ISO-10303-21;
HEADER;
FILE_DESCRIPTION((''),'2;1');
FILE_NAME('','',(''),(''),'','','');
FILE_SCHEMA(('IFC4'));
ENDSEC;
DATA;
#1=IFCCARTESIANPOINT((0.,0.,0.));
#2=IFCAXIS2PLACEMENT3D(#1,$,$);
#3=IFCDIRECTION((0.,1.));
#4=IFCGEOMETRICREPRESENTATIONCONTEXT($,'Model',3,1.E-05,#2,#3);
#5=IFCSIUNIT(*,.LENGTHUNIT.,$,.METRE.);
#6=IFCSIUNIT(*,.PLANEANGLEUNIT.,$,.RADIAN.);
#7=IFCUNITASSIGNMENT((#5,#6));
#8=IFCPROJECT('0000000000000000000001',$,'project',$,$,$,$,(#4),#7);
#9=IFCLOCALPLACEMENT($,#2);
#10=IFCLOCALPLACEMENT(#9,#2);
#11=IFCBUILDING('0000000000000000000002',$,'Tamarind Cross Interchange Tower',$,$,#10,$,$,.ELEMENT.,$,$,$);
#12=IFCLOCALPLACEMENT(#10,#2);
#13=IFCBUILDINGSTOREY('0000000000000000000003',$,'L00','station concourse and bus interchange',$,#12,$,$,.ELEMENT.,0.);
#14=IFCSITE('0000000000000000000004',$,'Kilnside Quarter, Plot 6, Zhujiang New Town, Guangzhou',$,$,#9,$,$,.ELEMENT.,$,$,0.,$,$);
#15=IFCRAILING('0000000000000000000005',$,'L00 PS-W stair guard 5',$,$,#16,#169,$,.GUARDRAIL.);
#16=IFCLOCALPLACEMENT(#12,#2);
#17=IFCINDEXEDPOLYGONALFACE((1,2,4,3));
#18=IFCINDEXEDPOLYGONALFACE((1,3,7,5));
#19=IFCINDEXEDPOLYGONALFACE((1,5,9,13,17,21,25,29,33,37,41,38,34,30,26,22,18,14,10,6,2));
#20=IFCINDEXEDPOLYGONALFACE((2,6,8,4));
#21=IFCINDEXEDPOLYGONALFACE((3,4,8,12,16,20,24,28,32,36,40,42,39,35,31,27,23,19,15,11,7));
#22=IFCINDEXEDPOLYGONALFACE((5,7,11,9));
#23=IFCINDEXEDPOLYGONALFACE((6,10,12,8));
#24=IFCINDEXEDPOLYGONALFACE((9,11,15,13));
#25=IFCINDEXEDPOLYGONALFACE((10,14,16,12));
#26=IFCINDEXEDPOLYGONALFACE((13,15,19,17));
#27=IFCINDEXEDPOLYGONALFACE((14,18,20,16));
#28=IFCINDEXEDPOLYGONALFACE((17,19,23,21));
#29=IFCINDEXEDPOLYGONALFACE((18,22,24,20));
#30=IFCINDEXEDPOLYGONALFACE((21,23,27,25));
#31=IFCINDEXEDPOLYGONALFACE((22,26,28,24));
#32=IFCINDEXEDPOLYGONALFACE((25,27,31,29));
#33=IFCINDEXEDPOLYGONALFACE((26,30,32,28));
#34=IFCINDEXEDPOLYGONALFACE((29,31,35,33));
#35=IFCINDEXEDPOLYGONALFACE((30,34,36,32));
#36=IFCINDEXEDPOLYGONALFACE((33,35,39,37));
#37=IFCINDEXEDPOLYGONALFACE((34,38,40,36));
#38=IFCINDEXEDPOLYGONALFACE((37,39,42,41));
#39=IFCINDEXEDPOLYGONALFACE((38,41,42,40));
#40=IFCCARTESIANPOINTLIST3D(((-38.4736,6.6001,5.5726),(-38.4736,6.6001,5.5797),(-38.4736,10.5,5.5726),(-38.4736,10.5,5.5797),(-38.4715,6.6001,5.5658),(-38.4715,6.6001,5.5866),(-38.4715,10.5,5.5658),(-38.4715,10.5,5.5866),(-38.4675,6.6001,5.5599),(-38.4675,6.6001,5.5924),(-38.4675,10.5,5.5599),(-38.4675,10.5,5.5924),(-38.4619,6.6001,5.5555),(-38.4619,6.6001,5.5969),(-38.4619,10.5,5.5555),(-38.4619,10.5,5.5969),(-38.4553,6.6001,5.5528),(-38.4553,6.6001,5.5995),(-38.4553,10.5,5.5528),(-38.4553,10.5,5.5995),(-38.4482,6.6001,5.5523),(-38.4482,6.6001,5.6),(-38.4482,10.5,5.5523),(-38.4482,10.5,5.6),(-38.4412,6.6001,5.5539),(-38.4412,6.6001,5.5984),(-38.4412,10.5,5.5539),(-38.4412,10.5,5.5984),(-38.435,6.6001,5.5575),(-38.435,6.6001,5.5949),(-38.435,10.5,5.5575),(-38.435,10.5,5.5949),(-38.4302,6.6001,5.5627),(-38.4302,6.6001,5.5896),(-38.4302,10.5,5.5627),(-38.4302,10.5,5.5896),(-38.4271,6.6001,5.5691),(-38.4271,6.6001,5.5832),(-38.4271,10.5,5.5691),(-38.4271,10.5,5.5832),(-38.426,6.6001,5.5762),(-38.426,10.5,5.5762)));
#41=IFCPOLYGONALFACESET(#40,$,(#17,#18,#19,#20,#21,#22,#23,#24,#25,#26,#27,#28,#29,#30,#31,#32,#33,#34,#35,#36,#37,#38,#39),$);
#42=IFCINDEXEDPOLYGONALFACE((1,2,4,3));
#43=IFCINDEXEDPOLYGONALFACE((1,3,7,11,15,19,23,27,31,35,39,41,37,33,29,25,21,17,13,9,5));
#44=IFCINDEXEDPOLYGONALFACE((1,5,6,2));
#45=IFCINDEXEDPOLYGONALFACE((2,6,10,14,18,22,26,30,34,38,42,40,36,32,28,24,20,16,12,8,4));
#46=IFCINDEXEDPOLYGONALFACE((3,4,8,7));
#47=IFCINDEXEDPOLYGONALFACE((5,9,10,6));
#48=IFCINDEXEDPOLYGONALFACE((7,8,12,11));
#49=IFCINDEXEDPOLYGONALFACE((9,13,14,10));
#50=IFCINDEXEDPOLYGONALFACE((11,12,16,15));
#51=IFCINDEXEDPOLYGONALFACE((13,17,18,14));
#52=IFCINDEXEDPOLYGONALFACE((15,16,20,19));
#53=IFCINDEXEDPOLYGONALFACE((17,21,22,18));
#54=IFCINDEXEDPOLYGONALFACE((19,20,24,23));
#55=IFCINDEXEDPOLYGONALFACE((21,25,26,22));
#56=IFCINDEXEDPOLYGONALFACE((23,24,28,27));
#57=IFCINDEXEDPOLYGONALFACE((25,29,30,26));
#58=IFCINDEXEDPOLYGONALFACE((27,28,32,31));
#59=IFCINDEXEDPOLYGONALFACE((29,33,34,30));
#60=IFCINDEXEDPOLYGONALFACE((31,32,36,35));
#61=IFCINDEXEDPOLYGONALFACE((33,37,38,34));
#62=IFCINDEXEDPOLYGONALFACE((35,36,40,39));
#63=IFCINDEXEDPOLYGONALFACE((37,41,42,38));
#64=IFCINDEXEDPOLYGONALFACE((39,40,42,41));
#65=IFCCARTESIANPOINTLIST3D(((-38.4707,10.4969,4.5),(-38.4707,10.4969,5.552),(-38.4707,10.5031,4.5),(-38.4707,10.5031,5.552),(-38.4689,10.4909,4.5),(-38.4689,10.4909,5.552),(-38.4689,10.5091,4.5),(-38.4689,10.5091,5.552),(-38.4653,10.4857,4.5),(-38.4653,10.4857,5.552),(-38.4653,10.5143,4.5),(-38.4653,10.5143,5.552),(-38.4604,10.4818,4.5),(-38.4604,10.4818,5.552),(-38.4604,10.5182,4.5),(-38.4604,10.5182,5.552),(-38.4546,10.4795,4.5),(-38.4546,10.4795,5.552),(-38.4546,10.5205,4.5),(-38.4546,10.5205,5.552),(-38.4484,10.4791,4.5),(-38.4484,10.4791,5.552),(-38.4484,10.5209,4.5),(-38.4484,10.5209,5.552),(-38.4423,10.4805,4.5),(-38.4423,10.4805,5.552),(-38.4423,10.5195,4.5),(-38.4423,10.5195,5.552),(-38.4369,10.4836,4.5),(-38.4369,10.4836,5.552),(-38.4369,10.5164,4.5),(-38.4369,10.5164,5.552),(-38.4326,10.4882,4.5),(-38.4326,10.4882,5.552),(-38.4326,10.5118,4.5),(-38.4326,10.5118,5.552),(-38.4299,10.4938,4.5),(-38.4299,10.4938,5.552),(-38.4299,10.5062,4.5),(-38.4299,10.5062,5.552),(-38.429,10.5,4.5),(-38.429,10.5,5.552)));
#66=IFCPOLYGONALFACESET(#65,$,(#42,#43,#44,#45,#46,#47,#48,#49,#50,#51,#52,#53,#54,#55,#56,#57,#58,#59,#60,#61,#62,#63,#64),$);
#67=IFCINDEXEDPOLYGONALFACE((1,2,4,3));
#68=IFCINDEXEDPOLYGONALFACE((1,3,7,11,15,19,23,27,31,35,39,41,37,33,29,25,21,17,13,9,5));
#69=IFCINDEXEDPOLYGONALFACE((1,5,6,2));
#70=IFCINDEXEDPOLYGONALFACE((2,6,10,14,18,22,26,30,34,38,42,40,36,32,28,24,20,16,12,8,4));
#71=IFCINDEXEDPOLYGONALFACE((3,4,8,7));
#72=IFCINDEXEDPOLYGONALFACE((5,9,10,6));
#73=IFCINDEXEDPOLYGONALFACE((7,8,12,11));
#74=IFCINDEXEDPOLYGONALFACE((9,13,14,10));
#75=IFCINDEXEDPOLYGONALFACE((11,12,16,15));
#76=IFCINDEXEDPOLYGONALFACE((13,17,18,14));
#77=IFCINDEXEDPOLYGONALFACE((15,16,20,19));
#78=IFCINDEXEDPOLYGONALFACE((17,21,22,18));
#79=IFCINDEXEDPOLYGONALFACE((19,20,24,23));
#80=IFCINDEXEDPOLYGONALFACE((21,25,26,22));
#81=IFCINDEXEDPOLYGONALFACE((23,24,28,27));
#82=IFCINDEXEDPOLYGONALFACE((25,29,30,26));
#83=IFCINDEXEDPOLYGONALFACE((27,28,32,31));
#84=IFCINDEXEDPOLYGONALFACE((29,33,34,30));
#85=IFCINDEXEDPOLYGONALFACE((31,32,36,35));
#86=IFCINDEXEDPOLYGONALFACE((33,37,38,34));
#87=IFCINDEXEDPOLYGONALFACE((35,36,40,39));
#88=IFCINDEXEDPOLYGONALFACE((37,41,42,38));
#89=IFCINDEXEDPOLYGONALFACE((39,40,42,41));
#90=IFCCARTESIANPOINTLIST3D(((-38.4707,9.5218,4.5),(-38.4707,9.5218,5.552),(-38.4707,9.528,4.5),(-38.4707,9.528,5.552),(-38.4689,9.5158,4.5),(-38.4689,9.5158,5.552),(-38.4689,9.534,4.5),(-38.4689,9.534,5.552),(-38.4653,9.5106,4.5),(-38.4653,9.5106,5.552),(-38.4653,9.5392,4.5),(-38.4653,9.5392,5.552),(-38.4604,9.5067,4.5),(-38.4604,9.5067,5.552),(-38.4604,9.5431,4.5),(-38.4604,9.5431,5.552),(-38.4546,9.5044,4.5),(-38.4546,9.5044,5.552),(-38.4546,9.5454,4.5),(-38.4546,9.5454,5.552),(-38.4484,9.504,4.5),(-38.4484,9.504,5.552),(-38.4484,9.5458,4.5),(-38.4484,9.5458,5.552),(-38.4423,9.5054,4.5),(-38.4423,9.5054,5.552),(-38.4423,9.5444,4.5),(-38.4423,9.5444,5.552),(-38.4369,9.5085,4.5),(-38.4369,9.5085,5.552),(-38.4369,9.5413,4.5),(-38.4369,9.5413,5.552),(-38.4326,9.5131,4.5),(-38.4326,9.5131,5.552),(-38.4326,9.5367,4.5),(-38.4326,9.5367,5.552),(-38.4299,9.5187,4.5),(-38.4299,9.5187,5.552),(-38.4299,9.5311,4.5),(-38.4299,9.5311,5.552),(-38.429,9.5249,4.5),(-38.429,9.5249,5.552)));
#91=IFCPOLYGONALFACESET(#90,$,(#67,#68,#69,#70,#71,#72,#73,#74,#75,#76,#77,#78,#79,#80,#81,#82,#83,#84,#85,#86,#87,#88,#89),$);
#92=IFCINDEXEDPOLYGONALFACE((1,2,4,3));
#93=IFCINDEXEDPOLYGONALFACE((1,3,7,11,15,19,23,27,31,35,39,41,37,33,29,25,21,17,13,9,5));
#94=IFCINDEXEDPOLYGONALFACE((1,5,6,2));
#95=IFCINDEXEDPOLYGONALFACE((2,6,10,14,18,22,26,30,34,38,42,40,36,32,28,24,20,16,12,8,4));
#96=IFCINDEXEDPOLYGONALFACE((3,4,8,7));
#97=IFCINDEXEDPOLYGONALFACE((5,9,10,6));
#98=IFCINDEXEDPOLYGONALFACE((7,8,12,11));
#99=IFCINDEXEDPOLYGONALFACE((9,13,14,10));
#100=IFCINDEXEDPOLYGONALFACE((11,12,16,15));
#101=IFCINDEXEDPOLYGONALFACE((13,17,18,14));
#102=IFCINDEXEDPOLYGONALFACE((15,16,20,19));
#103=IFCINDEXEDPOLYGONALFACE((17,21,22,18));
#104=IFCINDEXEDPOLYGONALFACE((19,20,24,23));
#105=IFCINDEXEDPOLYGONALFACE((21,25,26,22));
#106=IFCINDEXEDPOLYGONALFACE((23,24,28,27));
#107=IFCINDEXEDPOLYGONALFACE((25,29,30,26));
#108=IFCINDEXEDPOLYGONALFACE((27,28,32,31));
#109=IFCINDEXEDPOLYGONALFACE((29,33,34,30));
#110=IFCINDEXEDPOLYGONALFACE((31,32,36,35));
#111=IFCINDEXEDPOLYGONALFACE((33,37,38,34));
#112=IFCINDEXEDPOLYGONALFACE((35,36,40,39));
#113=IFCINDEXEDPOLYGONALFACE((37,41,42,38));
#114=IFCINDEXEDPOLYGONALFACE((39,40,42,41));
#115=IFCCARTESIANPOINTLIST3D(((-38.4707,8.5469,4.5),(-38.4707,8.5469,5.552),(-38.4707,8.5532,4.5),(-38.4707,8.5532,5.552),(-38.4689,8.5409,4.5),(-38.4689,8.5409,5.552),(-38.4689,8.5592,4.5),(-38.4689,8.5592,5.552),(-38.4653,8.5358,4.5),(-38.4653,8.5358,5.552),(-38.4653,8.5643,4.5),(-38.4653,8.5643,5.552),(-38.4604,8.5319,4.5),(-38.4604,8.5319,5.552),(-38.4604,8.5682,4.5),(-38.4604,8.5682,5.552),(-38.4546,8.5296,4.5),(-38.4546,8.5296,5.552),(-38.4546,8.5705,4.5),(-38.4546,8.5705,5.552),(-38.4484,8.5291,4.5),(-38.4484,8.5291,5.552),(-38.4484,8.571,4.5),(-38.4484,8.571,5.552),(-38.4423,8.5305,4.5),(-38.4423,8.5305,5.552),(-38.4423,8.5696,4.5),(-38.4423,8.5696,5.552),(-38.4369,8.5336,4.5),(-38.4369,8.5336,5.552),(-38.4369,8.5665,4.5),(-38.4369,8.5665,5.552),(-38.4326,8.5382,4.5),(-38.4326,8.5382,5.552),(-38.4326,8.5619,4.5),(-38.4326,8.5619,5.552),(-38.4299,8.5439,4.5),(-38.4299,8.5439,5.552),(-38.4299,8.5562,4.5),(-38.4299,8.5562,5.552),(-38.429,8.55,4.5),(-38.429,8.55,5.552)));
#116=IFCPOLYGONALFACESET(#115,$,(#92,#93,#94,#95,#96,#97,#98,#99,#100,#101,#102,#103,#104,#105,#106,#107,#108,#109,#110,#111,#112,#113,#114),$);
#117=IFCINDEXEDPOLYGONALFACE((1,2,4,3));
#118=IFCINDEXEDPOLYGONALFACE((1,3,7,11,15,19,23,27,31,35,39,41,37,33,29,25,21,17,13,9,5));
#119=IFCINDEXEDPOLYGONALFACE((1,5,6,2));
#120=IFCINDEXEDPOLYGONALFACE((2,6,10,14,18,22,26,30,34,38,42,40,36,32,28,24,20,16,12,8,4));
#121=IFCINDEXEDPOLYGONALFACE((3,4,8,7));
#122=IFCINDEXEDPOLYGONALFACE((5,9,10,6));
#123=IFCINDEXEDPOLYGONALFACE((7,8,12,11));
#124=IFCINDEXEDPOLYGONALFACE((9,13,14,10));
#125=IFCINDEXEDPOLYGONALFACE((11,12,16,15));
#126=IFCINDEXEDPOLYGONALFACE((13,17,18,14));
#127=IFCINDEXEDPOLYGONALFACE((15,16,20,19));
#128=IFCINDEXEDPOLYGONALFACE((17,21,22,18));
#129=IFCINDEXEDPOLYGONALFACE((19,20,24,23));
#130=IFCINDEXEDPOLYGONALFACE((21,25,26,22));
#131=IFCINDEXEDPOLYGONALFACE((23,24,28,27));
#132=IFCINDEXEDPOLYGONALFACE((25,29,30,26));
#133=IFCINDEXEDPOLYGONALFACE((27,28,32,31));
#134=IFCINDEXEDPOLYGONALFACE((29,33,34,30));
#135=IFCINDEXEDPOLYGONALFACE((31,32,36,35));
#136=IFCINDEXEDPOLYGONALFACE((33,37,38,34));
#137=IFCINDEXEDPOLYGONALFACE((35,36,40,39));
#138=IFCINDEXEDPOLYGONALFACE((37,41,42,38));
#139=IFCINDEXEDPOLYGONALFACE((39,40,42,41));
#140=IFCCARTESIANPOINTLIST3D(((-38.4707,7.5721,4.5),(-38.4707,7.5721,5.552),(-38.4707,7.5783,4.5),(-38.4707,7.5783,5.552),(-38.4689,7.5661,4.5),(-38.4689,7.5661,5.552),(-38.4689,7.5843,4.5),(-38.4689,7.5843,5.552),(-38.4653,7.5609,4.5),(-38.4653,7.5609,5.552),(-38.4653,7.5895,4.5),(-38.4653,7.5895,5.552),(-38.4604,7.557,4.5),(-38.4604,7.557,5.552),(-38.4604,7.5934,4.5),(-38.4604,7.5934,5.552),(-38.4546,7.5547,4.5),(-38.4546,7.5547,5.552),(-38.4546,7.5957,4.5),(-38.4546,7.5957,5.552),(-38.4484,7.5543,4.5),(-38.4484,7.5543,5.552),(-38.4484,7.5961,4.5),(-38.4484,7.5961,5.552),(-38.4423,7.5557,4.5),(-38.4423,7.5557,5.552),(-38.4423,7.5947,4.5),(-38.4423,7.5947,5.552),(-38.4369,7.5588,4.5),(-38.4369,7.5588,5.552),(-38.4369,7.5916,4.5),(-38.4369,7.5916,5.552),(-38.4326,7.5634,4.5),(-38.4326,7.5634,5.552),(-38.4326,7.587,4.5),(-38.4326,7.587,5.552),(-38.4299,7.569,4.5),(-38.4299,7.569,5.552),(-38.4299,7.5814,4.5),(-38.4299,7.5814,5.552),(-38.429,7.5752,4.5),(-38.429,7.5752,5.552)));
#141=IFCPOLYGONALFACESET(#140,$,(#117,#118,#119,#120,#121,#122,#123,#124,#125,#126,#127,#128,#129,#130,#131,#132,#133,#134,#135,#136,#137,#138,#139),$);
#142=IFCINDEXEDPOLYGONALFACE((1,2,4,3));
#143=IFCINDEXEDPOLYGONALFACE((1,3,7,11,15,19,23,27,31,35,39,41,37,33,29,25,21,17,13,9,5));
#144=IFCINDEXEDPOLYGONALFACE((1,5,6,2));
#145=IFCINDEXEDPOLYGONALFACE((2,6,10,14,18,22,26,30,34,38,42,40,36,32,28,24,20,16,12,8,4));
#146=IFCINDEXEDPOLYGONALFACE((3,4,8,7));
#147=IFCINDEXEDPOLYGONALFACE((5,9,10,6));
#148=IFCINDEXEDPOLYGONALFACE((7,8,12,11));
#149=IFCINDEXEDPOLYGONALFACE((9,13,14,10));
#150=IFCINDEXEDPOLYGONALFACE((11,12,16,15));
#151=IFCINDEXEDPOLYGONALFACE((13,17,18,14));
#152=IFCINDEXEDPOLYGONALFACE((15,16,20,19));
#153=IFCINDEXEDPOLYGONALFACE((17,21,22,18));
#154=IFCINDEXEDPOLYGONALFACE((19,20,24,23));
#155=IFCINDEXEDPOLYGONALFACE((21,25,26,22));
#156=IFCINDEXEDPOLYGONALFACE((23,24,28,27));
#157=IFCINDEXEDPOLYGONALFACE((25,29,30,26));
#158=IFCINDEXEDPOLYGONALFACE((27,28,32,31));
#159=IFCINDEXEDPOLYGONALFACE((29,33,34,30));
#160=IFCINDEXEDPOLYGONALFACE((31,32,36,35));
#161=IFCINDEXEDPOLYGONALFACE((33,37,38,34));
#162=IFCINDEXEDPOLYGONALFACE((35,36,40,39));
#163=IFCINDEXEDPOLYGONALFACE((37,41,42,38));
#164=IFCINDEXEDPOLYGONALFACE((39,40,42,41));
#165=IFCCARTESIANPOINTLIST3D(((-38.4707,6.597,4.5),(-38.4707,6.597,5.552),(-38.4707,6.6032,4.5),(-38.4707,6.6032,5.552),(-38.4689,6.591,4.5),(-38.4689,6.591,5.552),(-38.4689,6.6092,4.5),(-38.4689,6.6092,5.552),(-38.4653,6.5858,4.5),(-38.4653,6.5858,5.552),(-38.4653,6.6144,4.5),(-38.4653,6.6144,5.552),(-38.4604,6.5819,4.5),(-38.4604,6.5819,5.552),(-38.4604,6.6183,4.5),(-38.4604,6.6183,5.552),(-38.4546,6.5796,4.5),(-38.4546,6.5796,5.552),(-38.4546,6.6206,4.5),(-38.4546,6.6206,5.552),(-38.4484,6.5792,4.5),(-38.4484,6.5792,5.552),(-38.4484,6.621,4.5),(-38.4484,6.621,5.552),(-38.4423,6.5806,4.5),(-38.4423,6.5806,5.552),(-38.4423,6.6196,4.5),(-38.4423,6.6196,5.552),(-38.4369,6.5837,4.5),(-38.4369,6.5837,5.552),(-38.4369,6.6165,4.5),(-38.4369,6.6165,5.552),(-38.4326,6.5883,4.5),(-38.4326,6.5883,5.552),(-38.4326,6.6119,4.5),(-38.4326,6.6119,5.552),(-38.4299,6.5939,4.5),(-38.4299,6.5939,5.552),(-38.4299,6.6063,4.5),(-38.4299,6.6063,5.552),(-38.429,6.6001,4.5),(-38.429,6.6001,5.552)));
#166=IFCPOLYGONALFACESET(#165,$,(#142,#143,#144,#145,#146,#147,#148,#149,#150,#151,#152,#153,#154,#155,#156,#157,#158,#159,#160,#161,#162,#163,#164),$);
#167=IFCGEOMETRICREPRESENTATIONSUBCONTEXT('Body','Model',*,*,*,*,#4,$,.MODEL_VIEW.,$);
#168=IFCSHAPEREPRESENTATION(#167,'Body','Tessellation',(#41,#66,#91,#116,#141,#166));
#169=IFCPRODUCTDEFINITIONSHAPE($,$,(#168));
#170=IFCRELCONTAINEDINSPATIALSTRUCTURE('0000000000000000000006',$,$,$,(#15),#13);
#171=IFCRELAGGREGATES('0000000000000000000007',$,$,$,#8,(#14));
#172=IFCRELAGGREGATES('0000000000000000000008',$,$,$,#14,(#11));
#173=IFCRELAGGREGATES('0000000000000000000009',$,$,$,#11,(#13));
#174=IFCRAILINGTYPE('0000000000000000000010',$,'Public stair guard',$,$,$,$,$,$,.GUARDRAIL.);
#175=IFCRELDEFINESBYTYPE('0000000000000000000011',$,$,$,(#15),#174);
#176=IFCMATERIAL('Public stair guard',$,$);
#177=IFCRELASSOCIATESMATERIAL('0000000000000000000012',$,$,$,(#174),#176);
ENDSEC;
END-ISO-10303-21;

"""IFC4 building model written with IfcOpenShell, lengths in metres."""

from ifc_helpers import new_model, si_unit, direction, frame, origin, origin_2d, place, context, subcontext, project, spatial, circle, extrude, material, type_object, element, save


model = new_model("IFC4")

# Units and contexts
model_context = context("Model", 3, precision=1e-05, world=origin(), true_north=direction((0.0, 1.0)))
body_context = subcontext(model_context, "Body", "Model", "MODEL_VIEW")
ifc_project = project(units=[si_unit("LENGTHUNIT", "METRE"), si_unit("PLANEANGLEUNIT", "RADIAN")], contexts=[model_context])

# Site, building, storey
site_placement = place(None, origin())
site = spatial("IfcSite", under=ifc_project, at=site_placement, Name="Kilnside Quarter, Plot 6, Zhujiang New Town, Guangzhou", CompositionType="ELEMENT", RefElevation=0.0)
building_placement = place(site_placement, origin())
building = spatial("IfcBuilding", under=site, at=building_placement, Name="Tamarind Cross Interchange Tower", CompositionType="ELEMENT")
storey_placement = place(building_placement, origin())
storey = spatial("IfcBuildingStorey", under=building, at=storey_placement, Name="L00", Description="station concourse and bus interchange", CompositionType="ELEMENT", Elevation=0.0)

# Railing
ifc_material_1 = material(Name="Public stair guard")
railing_type_1 = type_object("IfcRailingType", Name="Public stair guard", PredefinedType="GUARDRAIL", material=ifc_material_1)
railing_1_placement = place(storey_placement, frame((-38.45, 10.5, 4.5)))
element("IfcRailing", 1, at=railing_1_placement, inside=storey, type_object=railing_type_1, Name="L00 PS-W stair guard 5", PredefinedType="GUARDRAIL", context=body_context, shape_type="SweptSolid", body=[
    extrude(circle(Radius=0.0239, at=origin_2d()), frame((0.0, 0.0, 1.0762), z_axis=(0.0, -1.0, 0.0), x_axis=(1.0, 0.0, 0.0)), (0.0, 0.0, 1.0), 3.8999),
    extrude(circle(Radius=0.021, at=origin_2d()), origin(), (0.0, 0.0, 1.0), 1.052),
    extrude(circle(Radius=0.021, at=origin_2d()), frame((0.0, -0.9751, 0.0)), (0.0, 0.0, 1.0), 1.052),
    extrude(circle(Radius=0.021, at=origin_2d()), frame((0.0, -1.95, 0.0)), (0.0, 0.0, 1.0), 1.052),
    extrude(circle(Radius=0.021, at=origin_2d()), frame((0.0, -2.9248, 0.0)), (0.0, 0.0, 1.0), 1.052),
    extrude(circle(Radius=0.021, at=origin_2d()), frame((0.0, -3.8999, 0.0)), (0.0, 0.0, 1.0), 1.052),
])

save(model, "model.ifc")
